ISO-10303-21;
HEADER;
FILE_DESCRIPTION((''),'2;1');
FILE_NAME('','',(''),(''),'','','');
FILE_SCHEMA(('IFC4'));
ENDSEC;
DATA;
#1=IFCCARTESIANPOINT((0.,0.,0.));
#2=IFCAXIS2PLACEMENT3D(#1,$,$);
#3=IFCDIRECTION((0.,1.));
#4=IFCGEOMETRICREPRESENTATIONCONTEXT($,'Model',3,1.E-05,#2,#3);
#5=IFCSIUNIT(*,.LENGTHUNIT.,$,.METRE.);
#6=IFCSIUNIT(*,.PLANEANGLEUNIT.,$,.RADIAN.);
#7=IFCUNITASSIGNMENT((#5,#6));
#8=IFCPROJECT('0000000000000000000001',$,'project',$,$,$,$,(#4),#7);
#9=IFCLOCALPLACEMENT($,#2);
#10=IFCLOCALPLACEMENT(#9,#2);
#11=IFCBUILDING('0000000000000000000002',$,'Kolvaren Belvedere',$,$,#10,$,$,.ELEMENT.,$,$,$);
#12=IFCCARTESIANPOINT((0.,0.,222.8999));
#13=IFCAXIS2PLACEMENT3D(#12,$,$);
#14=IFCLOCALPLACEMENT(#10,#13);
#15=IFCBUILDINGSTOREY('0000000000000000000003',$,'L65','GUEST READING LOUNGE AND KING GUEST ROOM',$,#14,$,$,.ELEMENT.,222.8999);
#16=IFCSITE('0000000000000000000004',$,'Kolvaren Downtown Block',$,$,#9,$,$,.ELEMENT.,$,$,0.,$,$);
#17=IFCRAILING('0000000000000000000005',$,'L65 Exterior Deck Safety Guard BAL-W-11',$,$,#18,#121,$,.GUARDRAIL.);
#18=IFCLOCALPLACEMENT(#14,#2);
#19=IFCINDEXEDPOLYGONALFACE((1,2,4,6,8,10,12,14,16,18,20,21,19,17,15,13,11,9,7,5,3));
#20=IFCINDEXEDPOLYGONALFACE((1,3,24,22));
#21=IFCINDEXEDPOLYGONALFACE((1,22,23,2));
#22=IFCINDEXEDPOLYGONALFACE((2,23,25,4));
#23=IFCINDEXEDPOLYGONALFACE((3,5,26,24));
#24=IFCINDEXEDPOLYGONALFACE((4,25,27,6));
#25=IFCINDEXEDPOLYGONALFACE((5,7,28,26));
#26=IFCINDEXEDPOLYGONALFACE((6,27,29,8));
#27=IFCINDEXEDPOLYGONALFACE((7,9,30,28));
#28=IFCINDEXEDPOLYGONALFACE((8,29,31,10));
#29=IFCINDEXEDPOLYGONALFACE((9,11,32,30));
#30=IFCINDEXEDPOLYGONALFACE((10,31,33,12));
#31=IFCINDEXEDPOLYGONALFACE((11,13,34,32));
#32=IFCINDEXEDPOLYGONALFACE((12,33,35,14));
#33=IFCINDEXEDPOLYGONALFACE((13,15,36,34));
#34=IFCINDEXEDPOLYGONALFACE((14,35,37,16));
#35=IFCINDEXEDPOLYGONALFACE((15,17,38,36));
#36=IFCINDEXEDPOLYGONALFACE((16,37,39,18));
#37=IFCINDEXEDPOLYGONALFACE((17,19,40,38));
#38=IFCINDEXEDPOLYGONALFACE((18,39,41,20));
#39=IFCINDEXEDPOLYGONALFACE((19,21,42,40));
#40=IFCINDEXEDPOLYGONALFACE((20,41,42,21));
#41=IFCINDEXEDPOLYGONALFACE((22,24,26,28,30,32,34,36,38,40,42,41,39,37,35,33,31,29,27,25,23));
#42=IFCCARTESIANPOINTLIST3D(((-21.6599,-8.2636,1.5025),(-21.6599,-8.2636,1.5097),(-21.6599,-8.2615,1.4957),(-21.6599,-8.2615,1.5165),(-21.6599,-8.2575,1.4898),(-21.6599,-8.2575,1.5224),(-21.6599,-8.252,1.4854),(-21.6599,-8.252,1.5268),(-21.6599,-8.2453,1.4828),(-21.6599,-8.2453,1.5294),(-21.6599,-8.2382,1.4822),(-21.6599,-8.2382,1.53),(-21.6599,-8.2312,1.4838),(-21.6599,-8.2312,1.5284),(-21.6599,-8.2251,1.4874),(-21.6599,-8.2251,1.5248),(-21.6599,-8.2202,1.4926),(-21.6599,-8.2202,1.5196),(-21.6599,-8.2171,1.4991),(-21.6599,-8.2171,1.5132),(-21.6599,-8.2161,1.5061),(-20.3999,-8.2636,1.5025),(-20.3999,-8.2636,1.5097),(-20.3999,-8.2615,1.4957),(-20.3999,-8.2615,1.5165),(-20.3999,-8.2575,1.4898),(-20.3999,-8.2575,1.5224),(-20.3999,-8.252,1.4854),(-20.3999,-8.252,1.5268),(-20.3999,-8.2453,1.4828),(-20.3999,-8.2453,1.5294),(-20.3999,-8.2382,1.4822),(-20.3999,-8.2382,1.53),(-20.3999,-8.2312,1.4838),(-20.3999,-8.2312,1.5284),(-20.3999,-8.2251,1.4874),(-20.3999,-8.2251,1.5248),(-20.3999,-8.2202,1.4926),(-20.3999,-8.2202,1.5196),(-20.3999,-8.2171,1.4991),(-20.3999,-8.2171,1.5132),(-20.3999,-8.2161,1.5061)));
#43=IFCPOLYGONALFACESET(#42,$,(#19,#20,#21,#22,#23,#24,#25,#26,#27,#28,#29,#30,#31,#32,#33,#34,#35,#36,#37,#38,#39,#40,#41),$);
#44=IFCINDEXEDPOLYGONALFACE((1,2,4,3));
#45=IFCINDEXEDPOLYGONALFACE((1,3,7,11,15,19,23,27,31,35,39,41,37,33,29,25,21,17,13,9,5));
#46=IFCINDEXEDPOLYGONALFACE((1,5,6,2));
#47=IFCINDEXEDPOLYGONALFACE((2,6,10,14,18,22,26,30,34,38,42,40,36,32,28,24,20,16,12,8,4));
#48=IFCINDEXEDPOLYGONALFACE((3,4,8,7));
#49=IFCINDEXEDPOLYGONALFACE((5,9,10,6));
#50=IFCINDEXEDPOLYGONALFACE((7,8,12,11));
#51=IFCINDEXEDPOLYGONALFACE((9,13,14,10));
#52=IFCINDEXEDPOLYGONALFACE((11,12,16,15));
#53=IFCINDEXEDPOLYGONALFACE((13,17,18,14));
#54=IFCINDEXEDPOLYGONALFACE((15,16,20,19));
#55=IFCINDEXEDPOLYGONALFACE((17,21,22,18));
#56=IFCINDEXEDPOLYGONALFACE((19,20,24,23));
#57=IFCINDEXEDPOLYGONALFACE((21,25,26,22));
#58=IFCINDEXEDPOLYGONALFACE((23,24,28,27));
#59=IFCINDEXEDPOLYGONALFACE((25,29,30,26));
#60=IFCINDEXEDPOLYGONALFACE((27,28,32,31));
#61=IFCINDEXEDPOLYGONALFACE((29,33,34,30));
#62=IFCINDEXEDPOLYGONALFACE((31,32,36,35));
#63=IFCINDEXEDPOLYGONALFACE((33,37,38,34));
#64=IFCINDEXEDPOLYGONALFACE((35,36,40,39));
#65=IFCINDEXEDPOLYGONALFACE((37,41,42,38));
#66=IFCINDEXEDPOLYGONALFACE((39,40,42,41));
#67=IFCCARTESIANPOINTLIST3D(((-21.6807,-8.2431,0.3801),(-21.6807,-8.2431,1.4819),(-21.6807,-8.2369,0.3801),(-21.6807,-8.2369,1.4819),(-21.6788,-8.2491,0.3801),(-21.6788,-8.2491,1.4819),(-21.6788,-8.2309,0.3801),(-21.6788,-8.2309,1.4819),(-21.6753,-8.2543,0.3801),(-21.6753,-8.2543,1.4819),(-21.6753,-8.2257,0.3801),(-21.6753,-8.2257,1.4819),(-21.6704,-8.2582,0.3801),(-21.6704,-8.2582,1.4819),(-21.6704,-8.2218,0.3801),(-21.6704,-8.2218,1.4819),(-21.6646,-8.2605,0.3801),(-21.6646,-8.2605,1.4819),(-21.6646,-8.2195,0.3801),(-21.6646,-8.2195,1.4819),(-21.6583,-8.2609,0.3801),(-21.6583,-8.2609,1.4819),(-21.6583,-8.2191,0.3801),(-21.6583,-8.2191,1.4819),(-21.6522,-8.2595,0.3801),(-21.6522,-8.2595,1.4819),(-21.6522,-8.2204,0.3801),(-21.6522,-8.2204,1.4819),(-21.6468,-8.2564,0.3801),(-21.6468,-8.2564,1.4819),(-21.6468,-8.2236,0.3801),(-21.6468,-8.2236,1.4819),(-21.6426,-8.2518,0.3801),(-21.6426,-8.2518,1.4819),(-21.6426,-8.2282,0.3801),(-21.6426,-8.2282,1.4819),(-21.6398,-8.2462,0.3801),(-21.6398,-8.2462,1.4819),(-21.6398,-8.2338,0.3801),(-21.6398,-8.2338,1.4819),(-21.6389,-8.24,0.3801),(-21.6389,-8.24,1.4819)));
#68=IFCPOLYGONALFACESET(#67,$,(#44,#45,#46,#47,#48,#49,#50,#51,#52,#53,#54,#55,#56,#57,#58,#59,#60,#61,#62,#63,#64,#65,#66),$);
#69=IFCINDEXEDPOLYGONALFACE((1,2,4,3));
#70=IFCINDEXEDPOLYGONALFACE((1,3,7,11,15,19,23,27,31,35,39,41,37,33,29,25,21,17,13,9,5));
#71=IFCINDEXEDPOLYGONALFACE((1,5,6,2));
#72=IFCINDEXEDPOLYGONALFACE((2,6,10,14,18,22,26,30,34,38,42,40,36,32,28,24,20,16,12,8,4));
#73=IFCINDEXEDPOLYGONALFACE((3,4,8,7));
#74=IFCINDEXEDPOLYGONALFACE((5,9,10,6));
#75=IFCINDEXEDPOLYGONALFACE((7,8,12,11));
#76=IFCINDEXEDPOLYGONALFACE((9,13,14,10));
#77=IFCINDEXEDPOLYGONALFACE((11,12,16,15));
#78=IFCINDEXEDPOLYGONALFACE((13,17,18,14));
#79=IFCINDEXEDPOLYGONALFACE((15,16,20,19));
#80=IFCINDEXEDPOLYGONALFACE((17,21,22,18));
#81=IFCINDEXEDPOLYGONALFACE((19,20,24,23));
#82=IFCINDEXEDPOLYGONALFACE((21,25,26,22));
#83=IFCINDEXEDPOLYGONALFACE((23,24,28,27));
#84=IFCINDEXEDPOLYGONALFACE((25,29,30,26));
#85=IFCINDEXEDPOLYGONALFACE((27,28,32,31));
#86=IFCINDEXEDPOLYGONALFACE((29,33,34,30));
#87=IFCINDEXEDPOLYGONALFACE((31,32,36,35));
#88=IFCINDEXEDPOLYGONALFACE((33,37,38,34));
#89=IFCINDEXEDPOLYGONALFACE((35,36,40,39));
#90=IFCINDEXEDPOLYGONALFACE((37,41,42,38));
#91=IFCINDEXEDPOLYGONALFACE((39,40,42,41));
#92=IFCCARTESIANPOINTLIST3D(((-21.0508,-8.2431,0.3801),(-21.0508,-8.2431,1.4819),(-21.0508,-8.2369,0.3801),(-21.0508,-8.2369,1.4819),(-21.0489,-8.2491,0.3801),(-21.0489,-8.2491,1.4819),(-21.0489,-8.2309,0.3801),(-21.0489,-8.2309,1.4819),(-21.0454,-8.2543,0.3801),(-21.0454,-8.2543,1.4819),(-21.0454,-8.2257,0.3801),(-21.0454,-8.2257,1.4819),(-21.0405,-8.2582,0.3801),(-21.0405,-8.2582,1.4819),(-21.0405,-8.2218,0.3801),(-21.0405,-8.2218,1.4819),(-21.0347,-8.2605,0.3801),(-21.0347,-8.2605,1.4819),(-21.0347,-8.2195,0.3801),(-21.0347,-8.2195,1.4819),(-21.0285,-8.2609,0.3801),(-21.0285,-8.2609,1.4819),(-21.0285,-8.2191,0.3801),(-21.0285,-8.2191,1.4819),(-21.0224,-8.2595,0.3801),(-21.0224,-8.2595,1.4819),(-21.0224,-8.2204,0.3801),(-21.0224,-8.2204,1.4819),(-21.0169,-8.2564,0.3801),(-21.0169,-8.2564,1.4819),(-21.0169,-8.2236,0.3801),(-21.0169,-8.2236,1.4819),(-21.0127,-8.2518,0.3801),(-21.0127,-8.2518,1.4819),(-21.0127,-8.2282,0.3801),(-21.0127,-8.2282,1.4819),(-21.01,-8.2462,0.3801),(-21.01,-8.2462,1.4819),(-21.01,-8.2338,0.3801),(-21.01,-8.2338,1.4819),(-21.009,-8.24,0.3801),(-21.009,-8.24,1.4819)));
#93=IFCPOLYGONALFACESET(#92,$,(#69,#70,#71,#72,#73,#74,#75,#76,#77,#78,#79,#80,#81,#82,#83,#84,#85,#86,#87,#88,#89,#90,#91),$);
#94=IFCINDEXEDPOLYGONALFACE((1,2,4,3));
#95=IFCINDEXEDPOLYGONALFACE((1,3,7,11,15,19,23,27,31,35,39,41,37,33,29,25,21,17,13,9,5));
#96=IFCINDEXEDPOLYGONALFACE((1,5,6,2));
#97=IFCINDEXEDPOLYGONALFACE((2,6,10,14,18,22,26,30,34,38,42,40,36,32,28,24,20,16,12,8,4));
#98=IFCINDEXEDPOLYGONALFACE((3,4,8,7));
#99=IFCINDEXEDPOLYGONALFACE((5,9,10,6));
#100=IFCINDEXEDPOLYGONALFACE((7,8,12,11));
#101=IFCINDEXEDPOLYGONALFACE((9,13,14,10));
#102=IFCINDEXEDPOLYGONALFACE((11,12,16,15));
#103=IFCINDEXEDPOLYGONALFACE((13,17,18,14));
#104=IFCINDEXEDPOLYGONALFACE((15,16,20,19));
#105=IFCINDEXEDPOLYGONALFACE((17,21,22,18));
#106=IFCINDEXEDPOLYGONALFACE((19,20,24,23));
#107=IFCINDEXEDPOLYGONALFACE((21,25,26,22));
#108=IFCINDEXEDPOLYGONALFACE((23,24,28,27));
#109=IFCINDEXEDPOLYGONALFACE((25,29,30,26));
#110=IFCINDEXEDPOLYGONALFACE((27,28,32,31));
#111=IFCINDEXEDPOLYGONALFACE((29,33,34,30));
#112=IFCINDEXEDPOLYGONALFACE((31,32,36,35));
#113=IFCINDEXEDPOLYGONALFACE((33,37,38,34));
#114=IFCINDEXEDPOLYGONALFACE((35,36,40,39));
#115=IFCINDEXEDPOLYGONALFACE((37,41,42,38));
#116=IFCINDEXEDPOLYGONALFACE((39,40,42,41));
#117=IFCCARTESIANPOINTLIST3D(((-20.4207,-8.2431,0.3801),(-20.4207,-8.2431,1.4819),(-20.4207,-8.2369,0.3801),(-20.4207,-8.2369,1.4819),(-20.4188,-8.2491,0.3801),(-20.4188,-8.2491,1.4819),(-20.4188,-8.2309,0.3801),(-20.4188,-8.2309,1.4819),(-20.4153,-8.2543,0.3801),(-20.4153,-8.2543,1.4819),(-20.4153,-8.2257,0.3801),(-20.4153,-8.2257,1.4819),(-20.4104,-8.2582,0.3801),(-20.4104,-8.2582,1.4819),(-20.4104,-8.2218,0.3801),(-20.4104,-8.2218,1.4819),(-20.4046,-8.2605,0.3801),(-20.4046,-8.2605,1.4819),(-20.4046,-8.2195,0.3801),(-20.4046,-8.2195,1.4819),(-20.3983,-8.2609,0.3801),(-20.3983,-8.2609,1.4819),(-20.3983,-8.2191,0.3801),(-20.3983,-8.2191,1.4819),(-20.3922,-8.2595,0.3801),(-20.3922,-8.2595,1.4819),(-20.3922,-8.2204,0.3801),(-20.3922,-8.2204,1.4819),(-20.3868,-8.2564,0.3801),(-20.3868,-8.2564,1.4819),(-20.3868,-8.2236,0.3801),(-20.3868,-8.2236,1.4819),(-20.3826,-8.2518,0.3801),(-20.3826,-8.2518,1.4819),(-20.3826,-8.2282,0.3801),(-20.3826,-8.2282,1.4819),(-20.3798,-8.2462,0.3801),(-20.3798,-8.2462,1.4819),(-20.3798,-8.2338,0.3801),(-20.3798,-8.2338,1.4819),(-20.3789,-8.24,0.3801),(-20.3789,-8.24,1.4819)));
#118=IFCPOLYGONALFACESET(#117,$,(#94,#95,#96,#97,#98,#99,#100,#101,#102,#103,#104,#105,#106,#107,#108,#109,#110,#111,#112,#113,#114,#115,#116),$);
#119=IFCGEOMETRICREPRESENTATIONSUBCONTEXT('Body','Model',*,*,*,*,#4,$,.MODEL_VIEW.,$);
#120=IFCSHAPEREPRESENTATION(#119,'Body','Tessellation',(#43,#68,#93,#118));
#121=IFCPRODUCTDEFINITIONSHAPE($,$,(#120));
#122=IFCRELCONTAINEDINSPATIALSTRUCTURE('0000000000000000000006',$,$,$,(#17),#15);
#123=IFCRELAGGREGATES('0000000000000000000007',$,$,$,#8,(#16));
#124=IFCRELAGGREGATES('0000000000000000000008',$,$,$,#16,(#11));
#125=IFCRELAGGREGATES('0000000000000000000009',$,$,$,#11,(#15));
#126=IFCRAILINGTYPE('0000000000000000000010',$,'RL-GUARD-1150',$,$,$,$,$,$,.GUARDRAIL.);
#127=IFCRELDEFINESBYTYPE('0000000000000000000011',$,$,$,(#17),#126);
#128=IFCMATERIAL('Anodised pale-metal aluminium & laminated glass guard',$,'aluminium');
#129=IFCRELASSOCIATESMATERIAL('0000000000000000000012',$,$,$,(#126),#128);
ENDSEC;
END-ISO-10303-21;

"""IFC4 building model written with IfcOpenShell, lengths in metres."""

from ifc_helpers import new_model, si_unit, direction, frame, origin, origin_2d, place, context, subcontext, project, spatial, circle, extrude, material, type_object, element, save


model = new_model("IFC4")

# Units and contexts
model_context = context("Model", 3, precision=1e-05, world=origin(), true_north=direction((0.0, 1.0)))
body_context = subcontext(model_context, "Body", "Model", "MODEL_VIEW")
ifc_project = project(units=[si_unit("LENGTHUNIT", "METRE"), si_unit("PLANEANGLEUNIT", "RADIAN")], contexts=[model_context])

# Site, building, storey
site_placement = place(None, origin())
site = spatial("IfcSite", under=ifc_project, at=site_placement, Name="Kolvaren Downtown Block", CompositionType="ELEMENT", RefElevation=0.0)
building_placement = place(site_placement, origin())
building = spatial("IfcBuilding", under=site, at=building_placement, Name="Kolvaren Belvedere", CompositionType="ELEMENT")
storey_placement = place(building_placement, frame((0.0, 0.0, 222.8999)))
storey = spatial("IfcBuildingStorey", under=building, at=storey_placement, Name="L65", Description="GUEST READING LOUNGE AND KING GUEST ROOM", CompositionType="ELEMENT", Elevation=222.8999)

# Railing
ifc_material_1 = material(Name="Anodised pale-metal aluminium & laminated glass guard", Category="aluminium")
railing_type = type_object("IfcRailingType", Name="RL-GUARD-1150", PredefinedType="GUARDRAIL", material=ifc_material_1)
railing_1_placement = place(storey_placement, frame((-21.6599, -8.24, 0.3801)))
element("IfcRailing", 1, at=railing_1_placement, inside=storey, type_object=railing_type, Name="L65 Exterior Deck Safety Guard BAL-W-11", PredefinedType="GUARDRAIL", context=body_context, shape_type="SweptSolid", body=[
    extrude(circle(Radius=0.0239, at=origin_2d()), frame((0.0, 0.0, 1.126), z_axis=(1.0, 0.0, 0.0), x_axis=(0.0, 1.0, 0.0)), (0.0, 0.0, 1.0), 1.26),
    extrude(circle(Radius=0.021, at=origin_2d()), origin(), (0.0, 0.0, 1.0), 1.1018),
    extrude(circle(Radius=0.021, at=origin_2d()), frame((0.6299, 0.0, 0.0)), (0.0, 0.0, 1.0), 1.1018),
    extrude(circle(Radius=0.021, at=origin_2d()), frame((1.26, 0.0, 0.0)), (0.0, 0.0, 1.0), 1.1018),
])

save(model, "model.ifc")
